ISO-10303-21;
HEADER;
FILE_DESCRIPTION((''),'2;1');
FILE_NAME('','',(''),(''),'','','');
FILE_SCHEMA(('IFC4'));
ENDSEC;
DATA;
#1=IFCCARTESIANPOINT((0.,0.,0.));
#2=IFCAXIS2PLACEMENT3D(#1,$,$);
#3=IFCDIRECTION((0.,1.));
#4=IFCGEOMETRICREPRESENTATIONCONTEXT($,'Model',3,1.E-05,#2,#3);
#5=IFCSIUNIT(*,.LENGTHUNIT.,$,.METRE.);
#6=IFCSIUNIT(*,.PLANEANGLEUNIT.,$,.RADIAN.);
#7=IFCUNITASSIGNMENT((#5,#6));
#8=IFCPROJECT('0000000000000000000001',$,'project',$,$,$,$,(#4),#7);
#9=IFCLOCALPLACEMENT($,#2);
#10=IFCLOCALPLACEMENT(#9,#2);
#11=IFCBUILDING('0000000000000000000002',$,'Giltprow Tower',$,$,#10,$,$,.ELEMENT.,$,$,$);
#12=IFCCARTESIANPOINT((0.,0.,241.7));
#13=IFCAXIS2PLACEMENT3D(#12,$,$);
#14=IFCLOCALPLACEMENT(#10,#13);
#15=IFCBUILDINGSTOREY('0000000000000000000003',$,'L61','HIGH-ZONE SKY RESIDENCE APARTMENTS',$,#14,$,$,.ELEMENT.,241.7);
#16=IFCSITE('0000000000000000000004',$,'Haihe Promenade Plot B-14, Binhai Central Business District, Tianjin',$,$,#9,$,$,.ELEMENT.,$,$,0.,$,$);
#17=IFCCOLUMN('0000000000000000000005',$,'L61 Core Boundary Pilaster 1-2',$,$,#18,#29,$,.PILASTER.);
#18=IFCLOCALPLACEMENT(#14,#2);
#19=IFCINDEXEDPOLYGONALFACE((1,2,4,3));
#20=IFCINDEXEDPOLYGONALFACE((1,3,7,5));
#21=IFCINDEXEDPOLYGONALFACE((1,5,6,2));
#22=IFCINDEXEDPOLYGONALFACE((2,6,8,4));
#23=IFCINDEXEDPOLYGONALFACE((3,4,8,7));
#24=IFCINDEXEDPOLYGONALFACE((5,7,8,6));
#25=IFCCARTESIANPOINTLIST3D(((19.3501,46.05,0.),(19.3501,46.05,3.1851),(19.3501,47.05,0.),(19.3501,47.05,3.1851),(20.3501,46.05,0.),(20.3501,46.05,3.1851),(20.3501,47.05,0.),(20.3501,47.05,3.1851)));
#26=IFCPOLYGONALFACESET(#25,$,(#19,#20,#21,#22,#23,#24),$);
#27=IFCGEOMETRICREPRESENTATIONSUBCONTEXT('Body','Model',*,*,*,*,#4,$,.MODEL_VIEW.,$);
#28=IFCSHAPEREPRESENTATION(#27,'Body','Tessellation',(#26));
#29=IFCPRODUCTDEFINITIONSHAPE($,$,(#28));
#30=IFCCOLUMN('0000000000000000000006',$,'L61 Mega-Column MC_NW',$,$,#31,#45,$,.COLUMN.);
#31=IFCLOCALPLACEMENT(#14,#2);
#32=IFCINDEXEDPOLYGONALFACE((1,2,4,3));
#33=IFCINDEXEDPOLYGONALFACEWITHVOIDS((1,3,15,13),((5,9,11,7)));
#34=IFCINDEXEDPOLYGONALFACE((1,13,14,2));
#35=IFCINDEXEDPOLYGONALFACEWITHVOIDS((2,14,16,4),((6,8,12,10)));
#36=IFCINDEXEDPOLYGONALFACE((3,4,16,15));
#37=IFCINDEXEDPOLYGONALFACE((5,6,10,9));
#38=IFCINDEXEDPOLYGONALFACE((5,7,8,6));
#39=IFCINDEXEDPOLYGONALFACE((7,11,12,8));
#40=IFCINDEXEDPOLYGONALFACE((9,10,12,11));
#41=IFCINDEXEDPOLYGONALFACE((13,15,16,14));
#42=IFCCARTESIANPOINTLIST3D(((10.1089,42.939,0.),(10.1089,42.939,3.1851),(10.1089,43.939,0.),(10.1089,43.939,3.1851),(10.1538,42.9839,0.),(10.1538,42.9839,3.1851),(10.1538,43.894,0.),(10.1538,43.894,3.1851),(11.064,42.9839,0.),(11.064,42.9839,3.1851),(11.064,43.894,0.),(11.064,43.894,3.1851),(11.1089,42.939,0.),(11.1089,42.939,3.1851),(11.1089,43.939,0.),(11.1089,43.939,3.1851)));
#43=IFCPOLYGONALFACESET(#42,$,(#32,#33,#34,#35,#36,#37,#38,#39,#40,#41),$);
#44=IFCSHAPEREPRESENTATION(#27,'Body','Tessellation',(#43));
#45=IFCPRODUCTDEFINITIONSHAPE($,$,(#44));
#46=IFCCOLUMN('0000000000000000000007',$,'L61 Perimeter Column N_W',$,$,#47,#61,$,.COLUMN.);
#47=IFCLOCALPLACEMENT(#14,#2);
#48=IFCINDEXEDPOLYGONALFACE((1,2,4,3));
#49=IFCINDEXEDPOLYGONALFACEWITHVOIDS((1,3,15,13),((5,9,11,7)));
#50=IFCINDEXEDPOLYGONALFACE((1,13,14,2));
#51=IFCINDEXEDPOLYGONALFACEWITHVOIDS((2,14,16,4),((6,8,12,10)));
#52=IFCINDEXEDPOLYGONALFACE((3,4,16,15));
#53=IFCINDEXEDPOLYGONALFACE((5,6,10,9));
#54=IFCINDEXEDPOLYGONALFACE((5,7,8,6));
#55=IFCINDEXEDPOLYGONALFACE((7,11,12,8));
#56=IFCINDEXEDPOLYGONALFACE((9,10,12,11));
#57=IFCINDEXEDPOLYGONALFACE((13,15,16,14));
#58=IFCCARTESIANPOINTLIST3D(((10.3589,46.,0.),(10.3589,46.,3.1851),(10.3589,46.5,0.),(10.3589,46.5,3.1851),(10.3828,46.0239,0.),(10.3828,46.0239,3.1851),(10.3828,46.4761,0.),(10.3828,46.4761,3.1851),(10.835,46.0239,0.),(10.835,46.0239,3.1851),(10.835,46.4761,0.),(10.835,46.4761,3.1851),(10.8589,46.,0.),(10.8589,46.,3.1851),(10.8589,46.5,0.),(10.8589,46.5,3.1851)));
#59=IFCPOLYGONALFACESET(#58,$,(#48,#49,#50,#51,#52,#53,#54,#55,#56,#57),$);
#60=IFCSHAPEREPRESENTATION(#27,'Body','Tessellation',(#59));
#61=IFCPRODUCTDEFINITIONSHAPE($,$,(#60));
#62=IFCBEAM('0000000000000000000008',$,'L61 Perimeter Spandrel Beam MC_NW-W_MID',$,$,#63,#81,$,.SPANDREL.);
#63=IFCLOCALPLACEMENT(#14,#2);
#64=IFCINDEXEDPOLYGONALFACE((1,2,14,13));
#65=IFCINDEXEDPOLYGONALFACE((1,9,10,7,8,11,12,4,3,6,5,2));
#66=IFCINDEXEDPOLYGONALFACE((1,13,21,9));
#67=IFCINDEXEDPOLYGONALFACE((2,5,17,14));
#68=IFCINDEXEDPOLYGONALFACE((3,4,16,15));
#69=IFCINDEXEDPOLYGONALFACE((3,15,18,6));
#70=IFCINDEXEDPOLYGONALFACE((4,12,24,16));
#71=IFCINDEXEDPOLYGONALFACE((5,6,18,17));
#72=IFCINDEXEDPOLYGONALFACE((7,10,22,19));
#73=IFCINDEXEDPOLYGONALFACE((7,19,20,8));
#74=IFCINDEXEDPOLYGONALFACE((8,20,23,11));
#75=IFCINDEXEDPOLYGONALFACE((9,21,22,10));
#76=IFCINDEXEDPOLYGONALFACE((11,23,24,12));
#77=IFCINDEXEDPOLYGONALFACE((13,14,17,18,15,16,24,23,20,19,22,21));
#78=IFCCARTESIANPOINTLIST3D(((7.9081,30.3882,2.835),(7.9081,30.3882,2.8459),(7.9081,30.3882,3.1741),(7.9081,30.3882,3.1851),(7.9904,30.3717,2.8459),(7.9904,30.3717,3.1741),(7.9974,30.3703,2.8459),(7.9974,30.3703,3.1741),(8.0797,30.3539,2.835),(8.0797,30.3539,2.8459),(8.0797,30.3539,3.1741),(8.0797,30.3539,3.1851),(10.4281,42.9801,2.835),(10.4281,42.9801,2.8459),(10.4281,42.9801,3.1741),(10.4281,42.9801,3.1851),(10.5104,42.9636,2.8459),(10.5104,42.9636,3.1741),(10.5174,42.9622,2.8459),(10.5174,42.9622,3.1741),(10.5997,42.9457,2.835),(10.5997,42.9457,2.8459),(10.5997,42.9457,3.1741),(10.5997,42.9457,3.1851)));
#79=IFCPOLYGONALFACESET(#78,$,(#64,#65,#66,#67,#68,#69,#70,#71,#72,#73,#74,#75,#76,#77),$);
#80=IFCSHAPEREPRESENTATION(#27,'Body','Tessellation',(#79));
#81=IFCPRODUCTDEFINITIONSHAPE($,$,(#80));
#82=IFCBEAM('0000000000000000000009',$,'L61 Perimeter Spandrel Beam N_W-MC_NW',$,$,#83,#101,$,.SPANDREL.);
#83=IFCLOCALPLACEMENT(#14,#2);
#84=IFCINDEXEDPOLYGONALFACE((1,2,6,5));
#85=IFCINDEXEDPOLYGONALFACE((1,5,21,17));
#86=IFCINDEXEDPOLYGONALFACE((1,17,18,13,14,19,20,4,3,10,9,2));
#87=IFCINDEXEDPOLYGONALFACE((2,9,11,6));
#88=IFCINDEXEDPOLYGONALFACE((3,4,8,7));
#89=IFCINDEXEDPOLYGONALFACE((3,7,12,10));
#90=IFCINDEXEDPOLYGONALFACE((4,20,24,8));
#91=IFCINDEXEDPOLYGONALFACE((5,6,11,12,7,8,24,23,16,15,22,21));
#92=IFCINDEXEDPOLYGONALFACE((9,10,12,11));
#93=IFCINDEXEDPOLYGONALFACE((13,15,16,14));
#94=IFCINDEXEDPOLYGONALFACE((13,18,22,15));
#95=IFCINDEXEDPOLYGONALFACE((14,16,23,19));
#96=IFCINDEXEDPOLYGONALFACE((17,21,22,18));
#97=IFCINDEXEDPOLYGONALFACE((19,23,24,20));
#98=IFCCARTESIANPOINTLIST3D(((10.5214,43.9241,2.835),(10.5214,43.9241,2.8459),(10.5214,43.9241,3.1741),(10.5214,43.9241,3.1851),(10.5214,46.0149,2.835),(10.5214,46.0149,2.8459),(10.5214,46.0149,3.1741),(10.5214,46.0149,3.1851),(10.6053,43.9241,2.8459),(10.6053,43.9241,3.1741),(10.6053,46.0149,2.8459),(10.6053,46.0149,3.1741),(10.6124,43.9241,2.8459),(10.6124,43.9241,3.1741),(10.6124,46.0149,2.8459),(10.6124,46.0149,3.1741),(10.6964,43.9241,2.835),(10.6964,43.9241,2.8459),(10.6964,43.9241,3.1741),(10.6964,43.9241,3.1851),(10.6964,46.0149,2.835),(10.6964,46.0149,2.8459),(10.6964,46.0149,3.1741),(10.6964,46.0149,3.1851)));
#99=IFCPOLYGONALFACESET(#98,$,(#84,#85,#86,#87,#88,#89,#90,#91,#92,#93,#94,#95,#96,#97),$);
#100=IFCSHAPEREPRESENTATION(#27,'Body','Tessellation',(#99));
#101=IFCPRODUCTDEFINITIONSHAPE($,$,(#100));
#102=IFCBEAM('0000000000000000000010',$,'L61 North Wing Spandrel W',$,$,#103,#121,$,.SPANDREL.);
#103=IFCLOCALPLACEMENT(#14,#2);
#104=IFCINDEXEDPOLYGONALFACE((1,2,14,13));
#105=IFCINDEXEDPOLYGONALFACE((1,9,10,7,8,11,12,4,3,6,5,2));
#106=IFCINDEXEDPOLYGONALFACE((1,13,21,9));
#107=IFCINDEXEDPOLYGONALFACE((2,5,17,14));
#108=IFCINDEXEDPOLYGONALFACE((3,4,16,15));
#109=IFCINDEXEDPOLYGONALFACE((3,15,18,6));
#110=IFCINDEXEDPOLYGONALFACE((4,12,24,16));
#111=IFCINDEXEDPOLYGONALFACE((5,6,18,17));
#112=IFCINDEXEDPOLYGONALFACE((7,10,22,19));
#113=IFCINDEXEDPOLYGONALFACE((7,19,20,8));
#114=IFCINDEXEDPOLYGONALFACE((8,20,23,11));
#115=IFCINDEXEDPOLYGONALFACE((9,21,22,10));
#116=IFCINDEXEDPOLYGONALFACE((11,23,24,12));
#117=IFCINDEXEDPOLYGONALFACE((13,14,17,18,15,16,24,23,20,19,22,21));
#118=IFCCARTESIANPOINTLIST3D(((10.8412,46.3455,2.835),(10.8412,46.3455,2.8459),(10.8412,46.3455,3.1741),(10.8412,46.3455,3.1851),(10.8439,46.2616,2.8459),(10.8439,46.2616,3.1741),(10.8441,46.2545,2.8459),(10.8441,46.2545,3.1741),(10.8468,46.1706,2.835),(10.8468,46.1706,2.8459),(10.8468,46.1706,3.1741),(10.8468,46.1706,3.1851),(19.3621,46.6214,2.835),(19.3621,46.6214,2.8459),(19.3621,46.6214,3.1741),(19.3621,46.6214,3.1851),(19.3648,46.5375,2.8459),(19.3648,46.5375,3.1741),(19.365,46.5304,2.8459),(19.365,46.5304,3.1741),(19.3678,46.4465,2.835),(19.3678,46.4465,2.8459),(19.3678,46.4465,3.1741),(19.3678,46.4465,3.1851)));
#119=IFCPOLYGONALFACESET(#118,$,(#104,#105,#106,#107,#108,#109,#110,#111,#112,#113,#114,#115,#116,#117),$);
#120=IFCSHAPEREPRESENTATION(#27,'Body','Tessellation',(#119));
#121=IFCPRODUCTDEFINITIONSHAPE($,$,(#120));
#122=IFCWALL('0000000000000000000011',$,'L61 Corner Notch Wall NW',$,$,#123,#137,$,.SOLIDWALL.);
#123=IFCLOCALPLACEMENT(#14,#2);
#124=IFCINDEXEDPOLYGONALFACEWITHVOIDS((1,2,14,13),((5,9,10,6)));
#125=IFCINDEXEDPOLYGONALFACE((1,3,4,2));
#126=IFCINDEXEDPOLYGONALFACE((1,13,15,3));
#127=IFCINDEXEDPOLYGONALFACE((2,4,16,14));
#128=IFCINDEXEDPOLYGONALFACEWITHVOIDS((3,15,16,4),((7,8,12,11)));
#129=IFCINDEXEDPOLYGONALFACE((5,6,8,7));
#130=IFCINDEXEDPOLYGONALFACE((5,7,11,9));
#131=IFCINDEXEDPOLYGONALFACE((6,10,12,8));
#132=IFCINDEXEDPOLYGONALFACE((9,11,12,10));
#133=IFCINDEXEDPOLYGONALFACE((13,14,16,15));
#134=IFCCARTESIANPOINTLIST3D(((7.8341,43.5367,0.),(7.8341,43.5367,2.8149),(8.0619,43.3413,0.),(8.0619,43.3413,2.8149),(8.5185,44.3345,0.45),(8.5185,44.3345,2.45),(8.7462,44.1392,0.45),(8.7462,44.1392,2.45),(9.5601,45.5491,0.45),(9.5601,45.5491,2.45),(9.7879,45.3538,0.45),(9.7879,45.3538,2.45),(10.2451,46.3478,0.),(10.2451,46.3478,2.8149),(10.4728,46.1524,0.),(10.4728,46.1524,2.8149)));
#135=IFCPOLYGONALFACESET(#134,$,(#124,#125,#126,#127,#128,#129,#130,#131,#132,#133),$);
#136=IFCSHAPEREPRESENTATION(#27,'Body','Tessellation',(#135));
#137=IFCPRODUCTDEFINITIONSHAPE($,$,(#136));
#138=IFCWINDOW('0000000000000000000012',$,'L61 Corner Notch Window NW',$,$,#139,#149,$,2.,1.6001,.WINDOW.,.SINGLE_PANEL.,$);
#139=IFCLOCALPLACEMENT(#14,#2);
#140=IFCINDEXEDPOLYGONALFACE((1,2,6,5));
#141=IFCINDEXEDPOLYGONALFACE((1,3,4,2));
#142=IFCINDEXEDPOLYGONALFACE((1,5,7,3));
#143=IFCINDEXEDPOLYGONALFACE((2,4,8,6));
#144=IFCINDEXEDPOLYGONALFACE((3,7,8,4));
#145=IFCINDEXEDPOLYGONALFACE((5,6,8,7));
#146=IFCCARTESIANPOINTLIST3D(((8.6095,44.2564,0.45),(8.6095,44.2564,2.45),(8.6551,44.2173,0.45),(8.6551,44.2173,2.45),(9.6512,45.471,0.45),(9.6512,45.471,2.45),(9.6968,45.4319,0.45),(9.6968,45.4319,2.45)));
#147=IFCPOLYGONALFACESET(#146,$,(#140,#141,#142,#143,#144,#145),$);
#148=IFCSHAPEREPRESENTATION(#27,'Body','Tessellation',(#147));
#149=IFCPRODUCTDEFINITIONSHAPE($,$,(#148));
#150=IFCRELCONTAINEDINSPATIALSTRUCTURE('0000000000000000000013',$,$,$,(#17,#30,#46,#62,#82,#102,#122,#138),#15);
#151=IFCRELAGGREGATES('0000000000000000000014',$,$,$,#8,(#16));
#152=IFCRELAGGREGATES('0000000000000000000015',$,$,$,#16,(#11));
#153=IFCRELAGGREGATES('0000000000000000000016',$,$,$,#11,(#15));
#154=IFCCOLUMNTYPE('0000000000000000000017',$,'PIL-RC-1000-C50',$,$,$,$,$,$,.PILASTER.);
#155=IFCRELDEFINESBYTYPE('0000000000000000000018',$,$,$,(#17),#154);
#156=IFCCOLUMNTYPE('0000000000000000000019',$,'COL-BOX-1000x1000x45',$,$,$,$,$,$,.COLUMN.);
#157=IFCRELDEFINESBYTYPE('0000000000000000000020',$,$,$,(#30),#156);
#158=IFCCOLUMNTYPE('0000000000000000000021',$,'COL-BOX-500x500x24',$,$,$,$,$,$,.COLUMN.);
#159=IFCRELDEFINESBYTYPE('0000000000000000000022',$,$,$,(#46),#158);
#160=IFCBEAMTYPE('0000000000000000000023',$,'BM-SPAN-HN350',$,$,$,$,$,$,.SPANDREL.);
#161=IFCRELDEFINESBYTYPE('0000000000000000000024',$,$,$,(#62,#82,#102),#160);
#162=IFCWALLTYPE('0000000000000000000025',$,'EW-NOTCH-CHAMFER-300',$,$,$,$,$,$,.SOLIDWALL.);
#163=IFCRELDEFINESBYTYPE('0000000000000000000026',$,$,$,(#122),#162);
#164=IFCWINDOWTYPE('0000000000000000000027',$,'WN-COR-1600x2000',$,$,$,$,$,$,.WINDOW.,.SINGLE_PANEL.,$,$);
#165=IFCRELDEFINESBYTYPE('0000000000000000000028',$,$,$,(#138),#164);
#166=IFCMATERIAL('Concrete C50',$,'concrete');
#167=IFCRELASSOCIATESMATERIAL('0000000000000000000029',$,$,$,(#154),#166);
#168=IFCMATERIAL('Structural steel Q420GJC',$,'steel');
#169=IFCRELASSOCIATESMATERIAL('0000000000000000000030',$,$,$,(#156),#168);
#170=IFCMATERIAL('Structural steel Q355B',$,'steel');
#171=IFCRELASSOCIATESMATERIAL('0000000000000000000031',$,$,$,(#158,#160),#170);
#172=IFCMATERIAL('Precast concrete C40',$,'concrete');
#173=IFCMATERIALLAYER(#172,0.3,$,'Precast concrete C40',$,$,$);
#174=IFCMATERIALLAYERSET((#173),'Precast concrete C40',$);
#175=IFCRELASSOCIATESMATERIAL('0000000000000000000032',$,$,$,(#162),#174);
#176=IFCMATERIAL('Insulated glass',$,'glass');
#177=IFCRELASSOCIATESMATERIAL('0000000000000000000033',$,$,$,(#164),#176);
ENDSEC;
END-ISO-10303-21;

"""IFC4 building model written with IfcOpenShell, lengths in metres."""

from ifc_helpers import new_model, si_unit, direction, frame, frame_2d, origin, origin_2d, place, context, subcontext, project, spatial, rectangle, hollow_rectangle, i_section, extrude, source, transform, mapped, material, layer, layer_set, material_profile, profile_set, type_object, element, fill, save


model = new_model("IFC4")

# Units and contexts
model_context = context("Model", 3, precision=1e-05, world=origin(), true_north=direction((0.0, 1.0)))
body_context = subcontext(model_context, "Body", "Model", "MODEL_VIEW")
ifc_project = project(units=[si_unit("LENGTHUNIT", "METRE"), si_unit("PLANEANGLEUNIT", "RADIAN")], contexts=[model_context])

# Site, building, storey
site_placement = place(None, origin())
site = spatial("IfcSite", under=ifc_project, at=site_placement, Name="Haihe Promenade Plot B-14, Binhai Central Business District, Tianjin", CompositionType="ELEMENT", RefElevation=0.0)
building_placement = place(site_placement, origin())
building = spatial("IfcBuilding", under=site, at=building_placement, Name="Giltprow Tower", CompositionType="ELEMENT")
storey_placement = place(building_placement, frame((0.0, 0.0, 241.7)))
storey = spatial("IfcBuildingStorey", under=building, at=storey_placement, Name="L61", Description="HIGH-ZONE SKY RESIDENCE APARTMENTS", CompositionType="ELEMENT", Elevation=241.7)

# Columns
ifc_material_1 = material(Name="Concrete C50", Category="concrete")
ifc_material_profile_1 = material_profile(ifc_material_1, rectangle(XDim=1.0, YDim=1.0, at=origin_2d()), Name="RC 1000x1000")
ifc_profile_set_1 = profile_set([ifc_material_profile_1], Name="Concrete C50")
column_type_1 = type_object("IfcColumnType", Name="PIL-RC-1000-C50", PredefinedType="PILASTER", material=ifc_profile_set_1)
shared_shape_1 = source(origin(), body_context, "Body", "SweptSolid", [
    extrude(rectangle(XDim=1.0, YDim=1.0, at=origin_2d()), origin(), (0.0, 0.0, 1.0), 3.1851),
])
column_1_placement = place(storey_placement, frame((19.8501, 46.55, 0.0), z_axis=(0.0, 0.0, 1.0), x_axis=(1.0, 0.0, 0.0)))
element("IfcColumn", 1, at=column_1_placement, inside=storey, type_object=column_type_1, Name="L61 Core Boundary Pilaster 1-2", PredefinedType="PILASTER", context=body_context, shape_type="MappedRepresentation", body=[
    mapped(shared_shape_1, transform((0.0, 0.0, 0.0), x_axis=(1.0, 0.0, 0.0), y_axis=(0.0, 1.0, 0.0), z_axis=(0.0, 0.0, 1.0), scale=1.0)),
])
ifc_material_2 = material(Name="Structural steel Q420GJC", Category="steel")
ifc_material_profile_2 = material_profile(ifc_material_2, hollow_rectangle(XDim=1.0, YDim=1.0, WallThickness=0.0449, at=origin_2d()), Name="BOX 1000x1000x45")
ifc_profile_set_2 = profile_set([ifc_material_profile_2], Name="Structural steel Q420GJC")
column_type_2 = type_object("IfcColumnType", Name="COL-BOX-1000x1000x45", PredefinedType="COLUMN", material=ifc_profile_set_2)
shared_shape_2 = source(origin(), body_context, "Body", "SweptSolid", [
    extrude(hollow_rectangle(XDim=1.0, YDim=1.0, WallThickness=0.0449, at=origin_2d()), origin(), (0.0, 0.0, 1.0), 3.1851),
])
column_2_placement = place(storey_placement, frame((10.6089, 43.439, 0.0), z_axis=(0.0, 0.0, 1.0), x_axis=(1.0, 0.0, 0.0)))
element("IfcColumn", 2, at=column_2_placement, inside=storey, type_object=column_type_2, Name="L61 Mega-Column MC_NW", PredefinedType="COLUMN", context=body_context, shape_type="MappedRepresentation", body=[
    mapped(shared_shape_2, transform((0.0, 0.0, 0.0), x_axis=(1.0, 0.0, 0.0), y_axis=(0.0, 1.0, 0.0), z_axis=(0.0, 0.0, 1.0), scale=1.0)),
])
ifc_material_3 = material(Name="Structural steel Q355B", Category="steel")
ifc_material_profile_3 = material_profile(ifc_material_3, hollow_rectangle(XDim=0.5, YDim=0.5, WallThickness=0.0239, at=origin_2d()), Name="BOX 500x500x24")
ifc_profile_set_3 = profile_set([ifc_material_profile_3], Name="Structural steel Q355B")
column_type_3 = type_object("IfcColumnType", Name="COL-BOX-500x500x24", PredefinedType="COLUMN", material=ifc_profile_set_3)
shared_shape_3 = source(origin(), body_context, "Body", "SweptSolid", [
    extrude(hollow_rectangle(XDim=0.5, YDim=0.5, WallThickness=0.0239, at=origin_2d()), origin(), (0.0, 0.0, 1.0), 3.1851),
])
column_3_placement = place(storey_placement, frame((10.6089, 46.25, 0.0), z_axis=(0.0, 0.0, 1.0), x_axis=(1.0, 0.0, 0.0)))
element("IfcColumn", 3, at=column_3_placement, inside=storey, type_object=column_type_3, Name="L61 Perimeter Column N_W", PredefinedType="COLUMN", context=body_context, shape_type="MappedRepresentation", body=[
    mapped(shared_shape_3, transform((0.0, 0.0, 0.0), x_axis=(1.0, 0.0, 0.0), y_axis=(0.0, 1.0, 0.0), z_axis=(0.0, 0.0, 1.0), scale=1.0)),
])

# Beams
ifc_material_profile_4 = material_profile(ifc_material_3, i_section(OverallWidth=0.175, OverallDepth=0.3501, WebThickness=0.0071, FlangeThickness=0.011, at=origin_2d()), Name="HN 350x175x7x11")
ifc_profile_set_4 = profile_set([ifc_material_profile_4], Name="Structural steel Q355B")
beam_type = type_object("IfcBeamType", Name="BM-SPAN-HN350", PredefinedType="SPANDREL", material=ifc_profile_set_4)
shared_shape_4 = source(origin(), body_context, "Body", "SweptSolid", [
    extrude(i_section(OverallWidth=0.175, OverallDepth=0.3501, WebThickness=0.0071, FlangeThickness=0.011, at=origin_2d()), origin(), (0.0, 0.0, 1.0), 12.8416),
])
beam_1_placement = place(storey_placement, frame((10.5139, 42.9629, 3.01), z_axis=(-0.19624, -0.980556, 0.0), x_axis=(0.980556, -0.19624, 0.0)))
element("IfcBeam", 4, at=beam_1_placement, inside=storey, type_object=beam_type, Name="L61 Perimeter Spandrel Beam MC_NW-W_MID", PredefinedType="SPANDREL", context=body_context, shape_type="MappedRepresentation", body=[
    mapped(shared_shape_4, transform((0.0, 0.0, 0.0), x_axis=(1.0, 0.0, 0.0), y_axis=(0.0, 1.0, 0.0), z_axis=(0.0, 0.0, 1.0), scale=1.0)),
])
shared_shape_5 = source(origin(), body_context, "Body", "SweptSolid", [
    extrude(i_section(OverallWidth=0.175, OverallDepth=0.3501, WebThickness=0.0071, FlangeThickness=0.011, at=origin_2d()), origin(), (0.0, 0.0, 1.0), 2.0908),
])
beam_2_placement = place(storey_placement, frame((10.6089, 46.0149, 3.01), z_axis=(0.0, -1.0, 0.0), x_axis=(1.0, 0.0, 0.0)))
element("IfcBeam", 5, at=beam_2_placement, inside=storey, type_object=beam_type, Name="L61 Perimeter Spandrel Beam N_W-MC_NW", PredefinedType="SPANDREL", context=body_context, shape_type="MappedRepresentation", body=[
    mapped(shared_shape_5, transform((0.0, 0.0, 0.0), x_axis=(1.0, 0.0, 0.0), y_axis=(0.0, 1.0, 0.0), z_axis=(0.0, 0.0, 1.0), scale=1.0)),
])
shared_shape_6 = source(origin(), body_context, "Body", "SweptSolid", [
    extrude(i_section(OverallWidth=0.175, OverallDepth=0.3501, WebThickness=0.0071, FlangeThickness=0.011, at=origin_2d()), origin(), (0.0, 0.0, 1.0), 8.5254),
])
beam_3_placement = place(storey_placement, frame((10.844, 46.2581, 3.01), z_axis=(0.999476, 0.032359, 0.0), x_axis=(-0.032359, 0.999476, 0.0)))
element("IfcBeam", 6, at=beam_3_placement, inside=storey, type_object=beam_type, Name="L61 North Wing Spandrel W", PredefinedType="SPANDREL", context=body_context, shape_type="MappedRepresentation", body=[
    mapped(shared_shape_6, transform((0.0, 0.0, 0.0), x_axis=(1.0, 0.0, 0.0), y_axis=(0.0, 1.0, 0.0), z_axis=(0.0, 0.0, 1.0), scale=1.0)),
])

# Wall, opening, window
ifc_material_4 = material(Name="Precast concrete C40", Category="concrete")
ifc_layer_1 = layer(ifc_material_4, 0.3, Name="Precast concrete C40")
ifc_layer_set_1 = layer_set([ifc_layer_1], Name="Precast concrete C40")
wall_type_1 = type_object("IfcWallType", Name="EW-NOTCH-CHAMFER-300", PredefinedType="SOLIDWALL", material=ifc_layer_set_1)
wall_1_placement = place(storey_placement, frame((10.3589, 46.25, 0.0), z_axis=(0.0, 0.0, 1.0), x_axis=(-0.651014, -0.759066, 0.0)))
wall_1 = element("IfcWall", 7, at=wall_1_placement, inside=storey, type_object=wall_type_1, Name="L61 Corner Notch Wall NW", PredefinedType="SOLIDWALL", context=body_context, shape_type="SweptSolid", body=[
    extrude(rectangle(XDim=3.7034, YDim=0.3, at=frame_2d((1.8516, 0.0))), origin(), (0.0, 0.0, 1.0), 2.8149),
])
opening_1_placement = place(wall_1_placement, frame((1.052, 0.0, 0.45)))
opening_1 = element("IfcOpeningElement", 8, at=opening_1_placement, cuts=wall_1, PredefinedType="OPENING", context=body_context, shape_type="SweptSolid", body=[
    extrude(rectangle(XDim=1.6001, YDim=2.0, at=frame_2d((0.8, 1.0))), frame((0.0, 0.1599, 0.0), z_axis=(0.0, -1.0, 0.0), x_axis=(1.0, 0.0, 0.0)), (0.0, 0.0, 1.0), 0.3201),
])
ifc_material_5 = material(Name="Insulated glass", Category="glass")
window_type = type_object("IfcWindowType", Name="WN-COR-1600x2000", PartitioningType="SINGLE_PANEL", PredefinedType="WINDOW", material=ifc_material_5)
shared_shape_7 = source(origin(), body_context, "Body", "SweptSolid", [
    extrude(rectangle(XDim=1.6001, YDim=2.0, at=frame_2d((0.8, 1.0))), frame((0.0, 0.03, 0.0), z_axis=(0.0, -1.0, 0.0), x_axis=(1.0, 0.0, 0.0)), (0.0, 0.0, 1.0), 0.0601),
])
window_1_placement = place(opening_1_placement, origin())
window_1 = element("IfcWindow", 9, at=window_1_placement, inside=storey, type_object=window_type, Name="L61 Corner Notch Window NW", OverallHeight=2.0, OverallWidth=1.6001, PartitioningType="SINGLE_PANEL", PredefinedType="WINDOW", context=body_context, shape_type="MappedRepresentation", body=[
    mapped(shared_shape_7, transform((0.0, 0.0, 0.0), x_axis=(1.0, 0.0, 0.0), y_axis=(0.0, 1.0, 0.0), z_axis=(0.0, 0.0, 1.0), scale=1.0)),
])
fill(opening_1, window_1)

save(model, "model.ifc")
